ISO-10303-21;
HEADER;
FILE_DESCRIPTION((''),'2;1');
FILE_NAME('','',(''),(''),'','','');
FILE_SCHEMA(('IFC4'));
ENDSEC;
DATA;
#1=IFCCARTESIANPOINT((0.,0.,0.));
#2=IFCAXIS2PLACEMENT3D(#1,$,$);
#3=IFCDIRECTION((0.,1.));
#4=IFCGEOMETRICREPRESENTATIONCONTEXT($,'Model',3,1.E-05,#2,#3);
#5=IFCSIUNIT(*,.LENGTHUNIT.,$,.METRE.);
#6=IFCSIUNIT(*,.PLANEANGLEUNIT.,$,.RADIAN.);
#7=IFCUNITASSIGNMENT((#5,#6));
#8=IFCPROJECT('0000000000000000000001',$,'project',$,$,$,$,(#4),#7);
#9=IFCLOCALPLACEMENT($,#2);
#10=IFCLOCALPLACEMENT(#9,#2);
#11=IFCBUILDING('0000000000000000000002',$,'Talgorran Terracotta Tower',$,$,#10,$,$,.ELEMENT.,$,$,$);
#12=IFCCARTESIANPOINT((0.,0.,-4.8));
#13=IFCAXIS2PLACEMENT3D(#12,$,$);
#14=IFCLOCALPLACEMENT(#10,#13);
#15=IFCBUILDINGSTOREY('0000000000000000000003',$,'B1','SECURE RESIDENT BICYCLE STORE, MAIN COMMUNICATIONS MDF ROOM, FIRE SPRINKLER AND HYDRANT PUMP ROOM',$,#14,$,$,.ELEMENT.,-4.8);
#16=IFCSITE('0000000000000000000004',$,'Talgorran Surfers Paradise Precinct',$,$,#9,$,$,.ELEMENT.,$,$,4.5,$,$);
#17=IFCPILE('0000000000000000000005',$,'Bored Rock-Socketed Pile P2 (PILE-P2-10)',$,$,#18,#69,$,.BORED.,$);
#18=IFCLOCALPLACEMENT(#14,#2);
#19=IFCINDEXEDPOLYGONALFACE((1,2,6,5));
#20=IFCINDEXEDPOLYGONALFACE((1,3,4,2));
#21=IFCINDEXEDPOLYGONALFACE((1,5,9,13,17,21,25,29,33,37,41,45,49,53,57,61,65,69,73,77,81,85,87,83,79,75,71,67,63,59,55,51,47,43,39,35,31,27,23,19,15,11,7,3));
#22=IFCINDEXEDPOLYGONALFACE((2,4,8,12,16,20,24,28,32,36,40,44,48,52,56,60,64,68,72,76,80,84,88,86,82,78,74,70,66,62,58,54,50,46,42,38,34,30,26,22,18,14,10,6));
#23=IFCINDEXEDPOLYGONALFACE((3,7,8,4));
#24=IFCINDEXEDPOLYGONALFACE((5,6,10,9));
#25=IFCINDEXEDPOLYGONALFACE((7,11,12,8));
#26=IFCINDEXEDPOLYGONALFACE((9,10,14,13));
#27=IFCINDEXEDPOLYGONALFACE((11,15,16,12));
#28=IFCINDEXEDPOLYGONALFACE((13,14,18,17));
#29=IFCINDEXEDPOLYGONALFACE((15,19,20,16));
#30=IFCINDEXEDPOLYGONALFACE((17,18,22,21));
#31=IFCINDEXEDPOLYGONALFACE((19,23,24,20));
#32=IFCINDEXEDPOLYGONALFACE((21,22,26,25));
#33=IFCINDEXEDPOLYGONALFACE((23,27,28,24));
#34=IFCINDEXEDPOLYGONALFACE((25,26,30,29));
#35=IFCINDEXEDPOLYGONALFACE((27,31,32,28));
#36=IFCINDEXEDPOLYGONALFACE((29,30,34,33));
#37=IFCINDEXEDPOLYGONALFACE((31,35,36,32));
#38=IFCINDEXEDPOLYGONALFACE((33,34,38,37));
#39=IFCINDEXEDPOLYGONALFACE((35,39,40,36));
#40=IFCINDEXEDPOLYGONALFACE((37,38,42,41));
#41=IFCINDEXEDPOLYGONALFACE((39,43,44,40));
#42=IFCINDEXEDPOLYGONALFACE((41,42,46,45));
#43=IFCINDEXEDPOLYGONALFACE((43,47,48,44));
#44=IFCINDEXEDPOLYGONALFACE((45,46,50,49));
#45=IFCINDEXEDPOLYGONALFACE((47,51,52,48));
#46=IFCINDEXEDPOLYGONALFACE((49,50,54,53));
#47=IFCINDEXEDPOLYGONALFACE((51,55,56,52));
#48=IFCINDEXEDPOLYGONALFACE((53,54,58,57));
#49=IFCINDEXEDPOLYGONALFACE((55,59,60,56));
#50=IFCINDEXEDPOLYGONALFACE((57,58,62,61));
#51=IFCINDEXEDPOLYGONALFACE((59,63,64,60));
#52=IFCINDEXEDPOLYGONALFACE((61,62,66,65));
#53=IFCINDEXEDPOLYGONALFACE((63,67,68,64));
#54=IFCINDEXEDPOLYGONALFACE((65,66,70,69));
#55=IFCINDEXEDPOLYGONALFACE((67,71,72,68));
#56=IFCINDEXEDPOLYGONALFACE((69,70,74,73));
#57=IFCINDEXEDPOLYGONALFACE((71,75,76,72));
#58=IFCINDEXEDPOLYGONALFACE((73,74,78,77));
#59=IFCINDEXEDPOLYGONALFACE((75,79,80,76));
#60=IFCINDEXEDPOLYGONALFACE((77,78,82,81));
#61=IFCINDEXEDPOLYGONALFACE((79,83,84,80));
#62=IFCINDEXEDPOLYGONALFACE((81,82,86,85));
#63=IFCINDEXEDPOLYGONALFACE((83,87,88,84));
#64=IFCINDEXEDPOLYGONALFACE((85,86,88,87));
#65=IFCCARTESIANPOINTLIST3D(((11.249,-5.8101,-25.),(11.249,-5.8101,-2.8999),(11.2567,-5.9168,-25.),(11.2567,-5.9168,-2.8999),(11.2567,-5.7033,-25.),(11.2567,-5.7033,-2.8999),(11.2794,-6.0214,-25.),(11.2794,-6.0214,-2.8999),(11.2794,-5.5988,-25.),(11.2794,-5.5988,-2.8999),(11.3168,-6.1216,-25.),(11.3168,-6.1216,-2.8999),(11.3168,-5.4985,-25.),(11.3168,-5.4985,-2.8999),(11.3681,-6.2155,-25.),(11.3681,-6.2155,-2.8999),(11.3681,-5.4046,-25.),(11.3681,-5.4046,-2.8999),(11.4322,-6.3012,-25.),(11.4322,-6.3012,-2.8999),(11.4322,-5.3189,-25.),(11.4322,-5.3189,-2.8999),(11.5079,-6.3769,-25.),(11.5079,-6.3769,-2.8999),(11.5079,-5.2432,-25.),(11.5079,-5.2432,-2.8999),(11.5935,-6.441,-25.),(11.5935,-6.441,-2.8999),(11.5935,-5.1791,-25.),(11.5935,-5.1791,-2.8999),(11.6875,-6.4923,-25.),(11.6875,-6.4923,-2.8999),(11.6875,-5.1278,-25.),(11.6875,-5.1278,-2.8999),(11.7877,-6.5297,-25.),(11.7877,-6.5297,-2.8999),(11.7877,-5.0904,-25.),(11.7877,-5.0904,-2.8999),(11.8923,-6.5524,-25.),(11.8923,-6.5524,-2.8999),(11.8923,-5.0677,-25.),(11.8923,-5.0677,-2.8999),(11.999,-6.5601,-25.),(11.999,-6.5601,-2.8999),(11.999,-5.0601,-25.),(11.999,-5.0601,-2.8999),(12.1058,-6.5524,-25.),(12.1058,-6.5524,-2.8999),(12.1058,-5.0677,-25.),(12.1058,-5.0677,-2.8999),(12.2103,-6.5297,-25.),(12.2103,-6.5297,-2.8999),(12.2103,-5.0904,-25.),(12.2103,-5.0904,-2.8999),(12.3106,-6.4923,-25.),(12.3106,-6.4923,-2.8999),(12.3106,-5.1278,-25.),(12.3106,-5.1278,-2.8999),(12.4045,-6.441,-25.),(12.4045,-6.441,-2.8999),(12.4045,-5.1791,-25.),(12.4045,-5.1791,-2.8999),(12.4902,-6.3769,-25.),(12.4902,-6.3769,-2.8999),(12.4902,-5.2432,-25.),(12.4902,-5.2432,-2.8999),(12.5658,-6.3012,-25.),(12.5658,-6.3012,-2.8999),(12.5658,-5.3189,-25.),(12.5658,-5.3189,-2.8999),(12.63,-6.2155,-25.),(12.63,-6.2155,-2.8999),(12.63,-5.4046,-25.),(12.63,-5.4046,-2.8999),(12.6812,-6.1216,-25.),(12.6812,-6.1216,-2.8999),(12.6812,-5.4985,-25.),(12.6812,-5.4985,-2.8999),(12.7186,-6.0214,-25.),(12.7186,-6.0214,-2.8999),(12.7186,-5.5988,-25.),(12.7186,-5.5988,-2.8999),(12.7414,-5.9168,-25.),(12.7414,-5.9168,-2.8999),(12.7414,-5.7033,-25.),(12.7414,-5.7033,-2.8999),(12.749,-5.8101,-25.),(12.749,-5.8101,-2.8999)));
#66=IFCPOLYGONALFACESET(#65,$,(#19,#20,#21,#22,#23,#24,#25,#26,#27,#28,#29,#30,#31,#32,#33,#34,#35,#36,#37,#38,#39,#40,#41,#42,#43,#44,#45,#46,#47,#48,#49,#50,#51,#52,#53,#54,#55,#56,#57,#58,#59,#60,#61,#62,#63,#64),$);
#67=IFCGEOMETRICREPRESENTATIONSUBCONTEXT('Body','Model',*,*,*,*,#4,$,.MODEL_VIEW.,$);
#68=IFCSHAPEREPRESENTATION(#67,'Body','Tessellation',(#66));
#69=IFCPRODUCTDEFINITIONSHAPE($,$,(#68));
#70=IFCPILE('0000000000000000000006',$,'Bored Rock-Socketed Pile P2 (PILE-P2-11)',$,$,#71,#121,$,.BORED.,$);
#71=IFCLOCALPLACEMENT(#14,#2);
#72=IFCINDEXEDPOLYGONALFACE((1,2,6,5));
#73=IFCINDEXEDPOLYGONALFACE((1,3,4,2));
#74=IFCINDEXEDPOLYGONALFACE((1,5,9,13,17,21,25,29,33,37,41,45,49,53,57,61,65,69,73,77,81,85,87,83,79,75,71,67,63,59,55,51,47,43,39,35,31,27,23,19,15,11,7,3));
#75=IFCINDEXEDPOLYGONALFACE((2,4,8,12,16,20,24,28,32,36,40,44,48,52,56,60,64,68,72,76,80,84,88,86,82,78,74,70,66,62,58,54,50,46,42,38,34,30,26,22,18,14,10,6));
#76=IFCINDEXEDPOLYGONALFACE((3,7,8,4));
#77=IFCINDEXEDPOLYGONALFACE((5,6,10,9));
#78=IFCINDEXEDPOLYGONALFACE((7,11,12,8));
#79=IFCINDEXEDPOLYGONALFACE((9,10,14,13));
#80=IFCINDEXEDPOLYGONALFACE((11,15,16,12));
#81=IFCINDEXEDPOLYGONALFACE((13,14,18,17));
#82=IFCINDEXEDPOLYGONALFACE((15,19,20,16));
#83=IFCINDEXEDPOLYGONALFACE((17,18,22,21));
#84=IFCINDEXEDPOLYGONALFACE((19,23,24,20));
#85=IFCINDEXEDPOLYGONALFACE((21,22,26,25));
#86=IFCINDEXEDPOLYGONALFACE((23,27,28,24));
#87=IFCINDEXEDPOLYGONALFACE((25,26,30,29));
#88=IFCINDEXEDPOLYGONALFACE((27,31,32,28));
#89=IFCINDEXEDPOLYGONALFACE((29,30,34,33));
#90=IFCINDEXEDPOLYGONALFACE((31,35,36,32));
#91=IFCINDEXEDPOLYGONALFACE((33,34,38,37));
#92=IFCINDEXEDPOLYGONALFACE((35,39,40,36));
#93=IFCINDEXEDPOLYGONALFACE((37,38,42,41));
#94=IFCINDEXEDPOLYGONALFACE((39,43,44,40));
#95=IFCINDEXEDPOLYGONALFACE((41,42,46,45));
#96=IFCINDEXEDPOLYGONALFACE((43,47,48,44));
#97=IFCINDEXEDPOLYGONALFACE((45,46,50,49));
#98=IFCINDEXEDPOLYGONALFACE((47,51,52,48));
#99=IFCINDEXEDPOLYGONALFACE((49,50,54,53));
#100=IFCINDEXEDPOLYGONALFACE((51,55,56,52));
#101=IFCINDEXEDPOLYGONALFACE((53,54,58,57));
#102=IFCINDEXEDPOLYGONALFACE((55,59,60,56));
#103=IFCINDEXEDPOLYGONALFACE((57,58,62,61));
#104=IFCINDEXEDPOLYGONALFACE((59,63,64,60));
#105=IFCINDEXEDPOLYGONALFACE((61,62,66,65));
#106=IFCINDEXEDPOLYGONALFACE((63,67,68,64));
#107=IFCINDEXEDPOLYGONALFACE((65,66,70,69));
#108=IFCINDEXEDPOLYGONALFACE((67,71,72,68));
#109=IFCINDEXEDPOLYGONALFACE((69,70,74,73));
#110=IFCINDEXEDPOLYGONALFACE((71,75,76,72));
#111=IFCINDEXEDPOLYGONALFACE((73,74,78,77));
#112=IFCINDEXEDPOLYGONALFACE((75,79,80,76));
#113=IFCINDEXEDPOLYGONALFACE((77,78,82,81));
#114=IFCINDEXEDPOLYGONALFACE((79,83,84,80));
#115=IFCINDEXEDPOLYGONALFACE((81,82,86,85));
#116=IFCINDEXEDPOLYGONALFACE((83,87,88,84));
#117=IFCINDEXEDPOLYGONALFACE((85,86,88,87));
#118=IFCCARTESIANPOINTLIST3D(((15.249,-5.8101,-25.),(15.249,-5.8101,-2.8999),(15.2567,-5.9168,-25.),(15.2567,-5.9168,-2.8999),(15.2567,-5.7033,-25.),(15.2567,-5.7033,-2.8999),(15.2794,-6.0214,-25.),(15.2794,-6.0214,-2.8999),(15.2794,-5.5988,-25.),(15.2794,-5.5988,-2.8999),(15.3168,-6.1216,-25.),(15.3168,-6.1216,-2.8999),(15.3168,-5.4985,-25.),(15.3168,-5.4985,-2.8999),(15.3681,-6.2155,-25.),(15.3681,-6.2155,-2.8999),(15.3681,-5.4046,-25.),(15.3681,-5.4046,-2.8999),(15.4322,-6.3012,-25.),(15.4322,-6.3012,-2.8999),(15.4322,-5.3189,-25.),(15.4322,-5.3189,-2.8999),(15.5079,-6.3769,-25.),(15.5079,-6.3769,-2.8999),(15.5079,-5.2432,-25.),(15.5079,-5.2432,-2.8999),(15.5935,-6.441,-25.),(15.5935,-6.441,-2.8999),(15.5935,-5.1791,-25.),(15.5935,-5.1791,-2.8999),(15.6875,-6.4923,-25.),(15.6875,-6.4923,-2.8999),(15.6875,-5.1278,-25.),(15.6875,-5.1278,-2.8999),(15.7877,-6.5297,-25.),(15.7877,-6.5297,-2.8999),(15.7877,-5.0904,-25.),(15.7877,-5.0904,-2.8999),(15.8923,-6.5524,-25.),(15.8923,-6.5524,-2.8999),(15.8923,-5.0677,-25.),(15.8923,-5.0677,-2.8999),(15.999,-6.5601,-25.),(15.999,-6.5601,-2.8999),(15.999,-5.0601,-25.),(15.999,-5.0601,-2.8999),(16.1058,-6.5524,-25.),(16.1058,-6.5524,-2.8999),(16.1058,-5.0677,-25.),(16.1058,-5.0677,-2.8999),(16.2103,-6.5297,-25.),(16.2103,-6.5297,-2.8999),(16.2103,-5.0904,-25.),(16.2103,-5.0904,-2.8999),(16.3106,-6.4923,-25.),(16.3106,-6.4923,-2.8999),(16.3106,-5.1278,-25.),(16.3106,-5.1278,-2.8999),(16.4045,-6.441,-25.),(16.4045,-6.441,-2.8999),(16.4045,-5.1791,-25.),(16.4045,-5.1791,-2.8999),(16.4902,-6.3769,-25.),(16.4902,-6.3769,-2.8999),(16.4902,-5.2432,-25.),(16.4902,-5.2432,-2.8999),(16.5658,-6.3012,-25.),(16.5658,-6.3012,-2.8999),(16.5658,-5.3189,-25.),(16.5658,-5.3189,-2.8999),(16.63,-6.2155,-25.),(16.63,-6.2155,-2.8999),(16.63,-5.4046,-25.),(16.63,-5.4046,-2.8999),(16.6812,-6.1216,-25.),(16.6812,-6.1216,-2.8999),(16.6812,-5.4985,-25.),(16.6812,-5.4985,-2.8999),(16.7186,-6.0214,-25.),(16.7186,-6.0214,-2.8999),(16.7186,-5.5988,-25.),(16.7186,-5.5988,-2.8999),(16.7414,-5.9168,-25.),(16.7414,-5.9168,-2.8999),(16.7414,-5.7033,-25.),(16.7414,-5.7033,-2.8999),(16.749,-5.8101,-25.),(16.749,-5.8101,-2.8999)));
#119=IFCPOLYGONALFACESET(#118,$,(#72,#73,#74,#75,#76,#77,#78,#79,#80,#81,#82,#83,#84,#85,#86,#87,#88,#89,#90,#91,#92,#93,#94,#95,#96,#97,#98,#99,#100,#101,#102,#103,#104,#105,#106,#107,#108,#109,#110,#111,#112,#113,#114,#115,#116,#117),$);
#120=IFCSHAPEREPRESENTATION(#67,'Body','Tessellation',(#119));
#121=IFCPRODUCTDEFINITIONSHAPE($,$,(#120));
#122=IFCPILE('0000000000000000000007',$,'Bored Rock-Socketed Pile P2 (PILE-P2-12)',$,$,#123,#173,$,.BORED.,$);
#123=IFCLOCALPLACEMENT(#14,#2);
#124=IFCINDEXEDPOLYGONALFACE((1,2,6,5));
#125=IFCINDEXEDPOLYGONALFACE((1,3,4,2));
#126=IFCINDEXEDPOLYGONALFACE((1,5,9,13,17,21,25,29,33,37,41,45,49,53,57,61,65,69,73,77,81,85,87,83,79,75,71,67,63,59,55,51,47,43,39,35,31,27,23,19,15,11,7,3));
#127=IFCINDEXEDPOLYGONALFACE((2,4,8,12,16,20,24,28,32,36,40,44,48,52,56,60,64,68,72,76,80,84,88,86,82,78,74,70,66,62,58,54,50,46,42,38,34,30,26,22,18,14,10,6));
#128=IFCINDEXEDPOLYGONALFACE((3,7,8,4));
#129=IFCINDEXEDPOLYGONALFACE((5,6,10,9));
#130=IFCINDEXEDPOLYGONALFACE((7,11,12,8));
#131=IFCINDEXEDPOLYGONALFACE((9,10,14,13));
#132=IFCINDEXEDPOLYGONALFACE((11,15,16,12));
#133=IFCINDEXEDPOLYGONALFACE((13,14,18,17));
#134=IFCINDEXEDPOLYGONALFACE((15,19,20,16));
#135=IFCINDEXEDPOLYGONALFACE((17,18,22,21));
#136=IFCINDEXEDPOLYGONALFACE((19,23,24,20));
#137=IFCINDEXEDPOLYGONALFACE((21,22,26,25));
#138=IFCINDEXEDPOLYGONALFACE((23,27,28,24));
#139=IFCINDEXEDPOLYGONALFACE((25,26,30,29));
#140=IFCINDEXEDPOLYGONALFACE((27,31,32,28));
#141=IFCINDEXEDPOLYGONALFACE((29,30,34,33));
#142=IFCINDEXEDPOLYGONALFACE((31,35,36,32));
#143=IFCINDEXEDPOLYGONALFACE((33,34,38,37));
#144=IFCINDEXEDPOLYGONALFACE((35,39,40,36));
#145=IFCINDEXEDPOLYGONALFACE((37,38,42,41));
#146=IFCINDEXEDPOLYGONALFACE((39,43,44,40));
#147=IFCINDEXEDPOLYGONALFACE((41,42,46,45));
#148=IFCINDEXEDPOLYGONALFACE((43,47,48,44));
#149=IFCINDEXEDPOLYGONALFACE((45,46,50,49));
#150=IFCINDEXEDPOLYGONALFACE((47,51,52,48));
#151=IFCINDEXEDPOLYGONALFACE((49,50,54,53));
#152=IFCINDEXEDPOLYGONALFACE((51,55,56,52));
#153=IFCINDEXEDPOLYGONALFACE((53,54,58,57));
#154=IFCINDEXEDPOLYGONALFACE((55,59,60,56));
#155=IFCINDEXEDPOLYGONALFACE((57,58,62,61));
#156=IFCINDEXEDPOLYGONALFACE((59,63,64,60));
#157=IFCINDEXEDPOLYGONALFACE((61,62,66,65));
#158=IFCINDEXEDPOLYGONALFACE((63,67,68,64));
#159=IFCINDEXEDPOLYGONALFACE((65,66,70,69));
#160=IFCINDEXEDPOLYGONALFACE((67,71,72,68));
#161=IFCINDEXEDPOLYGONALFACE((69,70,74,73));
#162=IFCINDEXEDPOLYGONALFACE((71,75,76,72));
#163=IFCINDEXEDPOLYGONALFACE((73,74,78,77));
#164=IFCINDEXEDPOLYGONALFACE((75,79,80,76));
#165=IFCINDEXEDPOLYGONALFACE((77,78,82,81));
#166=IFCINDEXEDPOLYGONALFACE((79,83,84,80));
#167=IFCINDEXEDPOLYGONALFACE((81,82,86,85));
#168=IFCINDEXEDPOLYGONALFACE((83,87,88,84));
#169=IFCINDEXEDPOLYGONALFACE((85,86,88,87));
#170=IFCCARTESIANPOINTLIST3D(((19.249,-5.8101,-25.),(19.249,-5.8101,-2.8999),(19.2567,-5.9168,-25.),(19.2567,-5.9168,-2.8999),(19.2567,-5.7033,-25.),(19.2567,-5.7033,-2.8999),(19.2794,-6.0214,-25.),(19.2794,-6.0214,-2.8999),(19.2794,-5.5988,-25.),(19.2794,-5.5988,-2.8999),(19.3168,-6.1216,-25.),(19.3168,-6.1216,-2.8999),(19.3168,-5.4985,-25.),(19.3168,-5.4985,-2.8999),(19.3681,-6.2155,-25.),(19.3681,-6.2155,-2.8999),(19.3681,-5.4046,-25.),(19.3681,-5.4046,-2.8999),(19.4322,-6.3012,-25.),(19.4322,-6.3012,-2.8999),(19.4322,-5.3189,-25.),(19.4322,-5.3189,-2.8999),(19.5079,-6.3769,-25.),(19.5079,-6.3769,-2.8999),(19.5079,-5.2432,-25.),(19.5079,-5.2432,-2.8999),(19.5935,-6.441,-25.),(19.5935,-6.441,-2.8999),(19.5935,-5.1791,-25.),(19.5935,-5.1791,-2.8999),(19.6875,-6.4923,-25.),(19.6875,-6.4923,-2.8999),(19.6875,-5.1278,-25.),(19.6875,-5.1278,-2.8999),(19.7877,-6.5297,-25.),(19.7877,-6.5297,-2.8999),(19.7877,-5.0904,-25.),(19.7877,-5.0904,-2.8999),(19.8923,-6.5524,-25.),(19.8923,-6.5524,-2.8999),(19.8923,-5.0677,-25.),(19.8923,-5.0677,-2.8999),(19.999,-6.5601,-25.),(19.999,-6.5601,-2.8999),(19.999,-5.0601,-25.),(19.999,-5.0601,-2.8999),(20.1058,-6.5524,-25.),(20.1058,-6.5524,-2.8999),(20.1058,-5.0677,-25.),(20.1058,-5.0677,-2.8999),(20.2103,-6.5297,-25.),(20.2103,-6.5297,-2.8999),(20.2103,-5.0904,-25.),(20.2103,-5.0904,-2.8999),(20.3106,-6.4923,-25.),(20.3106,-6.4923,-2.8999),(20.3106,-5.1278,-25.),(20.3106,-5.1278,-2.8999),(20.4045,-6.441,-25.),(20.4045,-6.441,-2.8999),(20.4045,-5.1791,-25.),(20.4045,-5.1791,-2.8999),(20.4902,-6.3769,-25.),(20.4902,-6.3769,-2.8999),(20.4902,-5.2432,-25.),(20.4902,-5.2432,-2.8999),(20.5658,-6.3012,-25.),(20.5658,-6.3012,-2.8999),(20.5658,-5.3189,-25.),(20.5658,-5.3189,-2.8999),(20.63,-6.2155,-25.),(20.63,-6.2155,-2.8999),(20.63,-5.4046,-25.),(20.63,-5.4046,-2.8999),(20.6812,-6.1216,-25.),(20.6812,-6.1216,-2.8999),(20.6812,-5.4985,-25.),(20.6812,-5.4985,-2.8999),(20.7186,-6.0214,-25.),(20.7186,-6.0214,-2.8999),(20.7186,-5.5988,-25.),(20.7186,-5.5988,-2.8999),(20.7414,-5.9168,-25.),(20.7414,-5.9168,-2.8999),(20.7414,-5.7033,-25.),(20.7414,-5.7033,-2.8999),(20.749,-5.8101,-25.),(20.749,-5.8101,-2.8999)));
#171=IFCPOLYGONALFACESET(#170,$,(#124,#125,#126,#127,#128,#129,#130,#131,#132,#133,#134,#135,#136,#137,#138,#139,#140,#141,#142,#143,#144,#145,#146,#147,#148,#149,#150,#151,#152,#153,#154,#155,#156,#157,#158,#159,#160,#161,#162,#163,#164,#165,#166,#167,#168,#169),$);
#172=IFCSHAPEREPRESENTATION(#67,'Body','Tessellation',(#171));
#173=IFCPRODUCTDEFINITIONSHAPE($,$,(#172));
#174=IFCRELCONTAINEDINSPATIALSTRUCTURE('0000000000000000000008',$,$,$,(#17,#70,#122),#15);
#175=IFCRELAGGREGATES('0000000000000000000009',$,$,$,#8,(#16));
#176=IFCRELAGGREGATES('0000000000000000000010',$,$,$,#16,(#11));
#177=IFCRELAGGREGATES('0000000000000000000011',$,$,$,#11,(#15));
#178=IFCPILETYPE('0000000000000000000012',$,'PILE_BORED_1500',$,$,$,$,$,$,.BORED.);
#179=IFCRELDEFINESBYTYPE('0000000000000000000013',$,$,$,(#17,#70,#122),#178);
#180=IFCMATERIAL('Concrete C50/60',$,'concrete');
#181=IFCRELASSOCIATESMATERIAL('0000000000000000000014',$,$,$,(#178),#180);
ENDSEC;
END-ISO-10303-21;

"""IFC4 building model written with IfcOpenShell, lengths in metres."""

from ifc_helpers import new_model, si_unit, direction, frame, origin, origin_2d, place, context, subcontext, project, spatial, circle, extrude, material, material_profile, profile_set, type_object, element, save


model = new_model("IFC4")

# Units and contexts
model_context = context("Model", 3, precision=1e-05, world=origin(), true_north=direction((0.0, 1.0)))
body_context = subcontext(model_context, "Body", "Model", "MODEL_VIEW")
ifc_project = project(units=[si_unit("LENGTHUNIT", "METRE"), si_unit("PLANEANGLEUNIT", "RADIAN")], contexts=[model_context])

# Site, building, storey
site_placement = place(None, origin())
site = spatial("IfcSite", under=ifc_project, at=site_placement, Name="Talgorran Surfers Paradise Precinct", CompositionType="ELEMENT", RefElevation=4.5)
building_placement = place(site_placement, origin())
building = spatial("IfcBuilding", under=site, at=building_placement, Name="Talgorran Terracotta Tower", CompositionType="ELEMENT")
storey_placement = place(building_placement, frame((0.0, 0.0, -4.8)))
storey = spatial("IfcBuildingStorey", under=building, at=storey_placement, Name="B1", Description="SECURE RESIDENT BICYCLE STORE, MAIN COMMUNICATIONS MDF ROOM, FIRE SPRINKLER AND HYDRANT PUMP ROOM", CompositionType="ELEMENT", Elevation=-4.8)

# Piles
ifc_material_1 = material(Name="Concrete C50/60", Category="concrete")
ifc_material_profile_1 = material_profile(ifc_material_1, circle(Radius=0.75, at=origin_2d()), Name="PILE1500")
ifc_profile_set_1 = profile_set([ifc_material_profile_1], Name="Concrete C50/60")
pile_type = type_object("IfcPileType", Name="PILE_BORED_1500", PredefinedType="BORED", material=ifc_profile_set_1)
for number, where, z_axis, x_axis, name in (
    (1, (11.999, -5.8101, -2.8999), (0.0, 0.0, -1.0), (1.0, 0.0, 0.0), "Bored Rock-Socketed Pile P2 (PILE-P2-10)"),
    (2, (15.999, -5.8101, -2.8999), (0.0, 0.0, -1.0), (1.0, 0.0, 0.0), "Bored Rock-Socketed Pile P2 (PILE-P2-11)"),
    (3, (19.999, -5.8101, -2.8999), (0.0, 0.0, -1.0), (1.0, 0.0, 0.0), "Bored Rock-Socketed Pile P2 (PILE-P2-12)"),
):
    element("IfcPile", number, at=place(storey_placement, frame(where, z_axis=z_axis, x_axis=x_axis)), inside=storey, type_object=pile_type, Name=name, PredefinedType="BORED", context=body_context, shape_type="SweptSolid", body=[
        extrude(circle(Radius=0.75, at=origin_2d()), origin(), (0.0, 0.0, 1.0), 22.1001),
    ])

save(model, "model.ifc")
